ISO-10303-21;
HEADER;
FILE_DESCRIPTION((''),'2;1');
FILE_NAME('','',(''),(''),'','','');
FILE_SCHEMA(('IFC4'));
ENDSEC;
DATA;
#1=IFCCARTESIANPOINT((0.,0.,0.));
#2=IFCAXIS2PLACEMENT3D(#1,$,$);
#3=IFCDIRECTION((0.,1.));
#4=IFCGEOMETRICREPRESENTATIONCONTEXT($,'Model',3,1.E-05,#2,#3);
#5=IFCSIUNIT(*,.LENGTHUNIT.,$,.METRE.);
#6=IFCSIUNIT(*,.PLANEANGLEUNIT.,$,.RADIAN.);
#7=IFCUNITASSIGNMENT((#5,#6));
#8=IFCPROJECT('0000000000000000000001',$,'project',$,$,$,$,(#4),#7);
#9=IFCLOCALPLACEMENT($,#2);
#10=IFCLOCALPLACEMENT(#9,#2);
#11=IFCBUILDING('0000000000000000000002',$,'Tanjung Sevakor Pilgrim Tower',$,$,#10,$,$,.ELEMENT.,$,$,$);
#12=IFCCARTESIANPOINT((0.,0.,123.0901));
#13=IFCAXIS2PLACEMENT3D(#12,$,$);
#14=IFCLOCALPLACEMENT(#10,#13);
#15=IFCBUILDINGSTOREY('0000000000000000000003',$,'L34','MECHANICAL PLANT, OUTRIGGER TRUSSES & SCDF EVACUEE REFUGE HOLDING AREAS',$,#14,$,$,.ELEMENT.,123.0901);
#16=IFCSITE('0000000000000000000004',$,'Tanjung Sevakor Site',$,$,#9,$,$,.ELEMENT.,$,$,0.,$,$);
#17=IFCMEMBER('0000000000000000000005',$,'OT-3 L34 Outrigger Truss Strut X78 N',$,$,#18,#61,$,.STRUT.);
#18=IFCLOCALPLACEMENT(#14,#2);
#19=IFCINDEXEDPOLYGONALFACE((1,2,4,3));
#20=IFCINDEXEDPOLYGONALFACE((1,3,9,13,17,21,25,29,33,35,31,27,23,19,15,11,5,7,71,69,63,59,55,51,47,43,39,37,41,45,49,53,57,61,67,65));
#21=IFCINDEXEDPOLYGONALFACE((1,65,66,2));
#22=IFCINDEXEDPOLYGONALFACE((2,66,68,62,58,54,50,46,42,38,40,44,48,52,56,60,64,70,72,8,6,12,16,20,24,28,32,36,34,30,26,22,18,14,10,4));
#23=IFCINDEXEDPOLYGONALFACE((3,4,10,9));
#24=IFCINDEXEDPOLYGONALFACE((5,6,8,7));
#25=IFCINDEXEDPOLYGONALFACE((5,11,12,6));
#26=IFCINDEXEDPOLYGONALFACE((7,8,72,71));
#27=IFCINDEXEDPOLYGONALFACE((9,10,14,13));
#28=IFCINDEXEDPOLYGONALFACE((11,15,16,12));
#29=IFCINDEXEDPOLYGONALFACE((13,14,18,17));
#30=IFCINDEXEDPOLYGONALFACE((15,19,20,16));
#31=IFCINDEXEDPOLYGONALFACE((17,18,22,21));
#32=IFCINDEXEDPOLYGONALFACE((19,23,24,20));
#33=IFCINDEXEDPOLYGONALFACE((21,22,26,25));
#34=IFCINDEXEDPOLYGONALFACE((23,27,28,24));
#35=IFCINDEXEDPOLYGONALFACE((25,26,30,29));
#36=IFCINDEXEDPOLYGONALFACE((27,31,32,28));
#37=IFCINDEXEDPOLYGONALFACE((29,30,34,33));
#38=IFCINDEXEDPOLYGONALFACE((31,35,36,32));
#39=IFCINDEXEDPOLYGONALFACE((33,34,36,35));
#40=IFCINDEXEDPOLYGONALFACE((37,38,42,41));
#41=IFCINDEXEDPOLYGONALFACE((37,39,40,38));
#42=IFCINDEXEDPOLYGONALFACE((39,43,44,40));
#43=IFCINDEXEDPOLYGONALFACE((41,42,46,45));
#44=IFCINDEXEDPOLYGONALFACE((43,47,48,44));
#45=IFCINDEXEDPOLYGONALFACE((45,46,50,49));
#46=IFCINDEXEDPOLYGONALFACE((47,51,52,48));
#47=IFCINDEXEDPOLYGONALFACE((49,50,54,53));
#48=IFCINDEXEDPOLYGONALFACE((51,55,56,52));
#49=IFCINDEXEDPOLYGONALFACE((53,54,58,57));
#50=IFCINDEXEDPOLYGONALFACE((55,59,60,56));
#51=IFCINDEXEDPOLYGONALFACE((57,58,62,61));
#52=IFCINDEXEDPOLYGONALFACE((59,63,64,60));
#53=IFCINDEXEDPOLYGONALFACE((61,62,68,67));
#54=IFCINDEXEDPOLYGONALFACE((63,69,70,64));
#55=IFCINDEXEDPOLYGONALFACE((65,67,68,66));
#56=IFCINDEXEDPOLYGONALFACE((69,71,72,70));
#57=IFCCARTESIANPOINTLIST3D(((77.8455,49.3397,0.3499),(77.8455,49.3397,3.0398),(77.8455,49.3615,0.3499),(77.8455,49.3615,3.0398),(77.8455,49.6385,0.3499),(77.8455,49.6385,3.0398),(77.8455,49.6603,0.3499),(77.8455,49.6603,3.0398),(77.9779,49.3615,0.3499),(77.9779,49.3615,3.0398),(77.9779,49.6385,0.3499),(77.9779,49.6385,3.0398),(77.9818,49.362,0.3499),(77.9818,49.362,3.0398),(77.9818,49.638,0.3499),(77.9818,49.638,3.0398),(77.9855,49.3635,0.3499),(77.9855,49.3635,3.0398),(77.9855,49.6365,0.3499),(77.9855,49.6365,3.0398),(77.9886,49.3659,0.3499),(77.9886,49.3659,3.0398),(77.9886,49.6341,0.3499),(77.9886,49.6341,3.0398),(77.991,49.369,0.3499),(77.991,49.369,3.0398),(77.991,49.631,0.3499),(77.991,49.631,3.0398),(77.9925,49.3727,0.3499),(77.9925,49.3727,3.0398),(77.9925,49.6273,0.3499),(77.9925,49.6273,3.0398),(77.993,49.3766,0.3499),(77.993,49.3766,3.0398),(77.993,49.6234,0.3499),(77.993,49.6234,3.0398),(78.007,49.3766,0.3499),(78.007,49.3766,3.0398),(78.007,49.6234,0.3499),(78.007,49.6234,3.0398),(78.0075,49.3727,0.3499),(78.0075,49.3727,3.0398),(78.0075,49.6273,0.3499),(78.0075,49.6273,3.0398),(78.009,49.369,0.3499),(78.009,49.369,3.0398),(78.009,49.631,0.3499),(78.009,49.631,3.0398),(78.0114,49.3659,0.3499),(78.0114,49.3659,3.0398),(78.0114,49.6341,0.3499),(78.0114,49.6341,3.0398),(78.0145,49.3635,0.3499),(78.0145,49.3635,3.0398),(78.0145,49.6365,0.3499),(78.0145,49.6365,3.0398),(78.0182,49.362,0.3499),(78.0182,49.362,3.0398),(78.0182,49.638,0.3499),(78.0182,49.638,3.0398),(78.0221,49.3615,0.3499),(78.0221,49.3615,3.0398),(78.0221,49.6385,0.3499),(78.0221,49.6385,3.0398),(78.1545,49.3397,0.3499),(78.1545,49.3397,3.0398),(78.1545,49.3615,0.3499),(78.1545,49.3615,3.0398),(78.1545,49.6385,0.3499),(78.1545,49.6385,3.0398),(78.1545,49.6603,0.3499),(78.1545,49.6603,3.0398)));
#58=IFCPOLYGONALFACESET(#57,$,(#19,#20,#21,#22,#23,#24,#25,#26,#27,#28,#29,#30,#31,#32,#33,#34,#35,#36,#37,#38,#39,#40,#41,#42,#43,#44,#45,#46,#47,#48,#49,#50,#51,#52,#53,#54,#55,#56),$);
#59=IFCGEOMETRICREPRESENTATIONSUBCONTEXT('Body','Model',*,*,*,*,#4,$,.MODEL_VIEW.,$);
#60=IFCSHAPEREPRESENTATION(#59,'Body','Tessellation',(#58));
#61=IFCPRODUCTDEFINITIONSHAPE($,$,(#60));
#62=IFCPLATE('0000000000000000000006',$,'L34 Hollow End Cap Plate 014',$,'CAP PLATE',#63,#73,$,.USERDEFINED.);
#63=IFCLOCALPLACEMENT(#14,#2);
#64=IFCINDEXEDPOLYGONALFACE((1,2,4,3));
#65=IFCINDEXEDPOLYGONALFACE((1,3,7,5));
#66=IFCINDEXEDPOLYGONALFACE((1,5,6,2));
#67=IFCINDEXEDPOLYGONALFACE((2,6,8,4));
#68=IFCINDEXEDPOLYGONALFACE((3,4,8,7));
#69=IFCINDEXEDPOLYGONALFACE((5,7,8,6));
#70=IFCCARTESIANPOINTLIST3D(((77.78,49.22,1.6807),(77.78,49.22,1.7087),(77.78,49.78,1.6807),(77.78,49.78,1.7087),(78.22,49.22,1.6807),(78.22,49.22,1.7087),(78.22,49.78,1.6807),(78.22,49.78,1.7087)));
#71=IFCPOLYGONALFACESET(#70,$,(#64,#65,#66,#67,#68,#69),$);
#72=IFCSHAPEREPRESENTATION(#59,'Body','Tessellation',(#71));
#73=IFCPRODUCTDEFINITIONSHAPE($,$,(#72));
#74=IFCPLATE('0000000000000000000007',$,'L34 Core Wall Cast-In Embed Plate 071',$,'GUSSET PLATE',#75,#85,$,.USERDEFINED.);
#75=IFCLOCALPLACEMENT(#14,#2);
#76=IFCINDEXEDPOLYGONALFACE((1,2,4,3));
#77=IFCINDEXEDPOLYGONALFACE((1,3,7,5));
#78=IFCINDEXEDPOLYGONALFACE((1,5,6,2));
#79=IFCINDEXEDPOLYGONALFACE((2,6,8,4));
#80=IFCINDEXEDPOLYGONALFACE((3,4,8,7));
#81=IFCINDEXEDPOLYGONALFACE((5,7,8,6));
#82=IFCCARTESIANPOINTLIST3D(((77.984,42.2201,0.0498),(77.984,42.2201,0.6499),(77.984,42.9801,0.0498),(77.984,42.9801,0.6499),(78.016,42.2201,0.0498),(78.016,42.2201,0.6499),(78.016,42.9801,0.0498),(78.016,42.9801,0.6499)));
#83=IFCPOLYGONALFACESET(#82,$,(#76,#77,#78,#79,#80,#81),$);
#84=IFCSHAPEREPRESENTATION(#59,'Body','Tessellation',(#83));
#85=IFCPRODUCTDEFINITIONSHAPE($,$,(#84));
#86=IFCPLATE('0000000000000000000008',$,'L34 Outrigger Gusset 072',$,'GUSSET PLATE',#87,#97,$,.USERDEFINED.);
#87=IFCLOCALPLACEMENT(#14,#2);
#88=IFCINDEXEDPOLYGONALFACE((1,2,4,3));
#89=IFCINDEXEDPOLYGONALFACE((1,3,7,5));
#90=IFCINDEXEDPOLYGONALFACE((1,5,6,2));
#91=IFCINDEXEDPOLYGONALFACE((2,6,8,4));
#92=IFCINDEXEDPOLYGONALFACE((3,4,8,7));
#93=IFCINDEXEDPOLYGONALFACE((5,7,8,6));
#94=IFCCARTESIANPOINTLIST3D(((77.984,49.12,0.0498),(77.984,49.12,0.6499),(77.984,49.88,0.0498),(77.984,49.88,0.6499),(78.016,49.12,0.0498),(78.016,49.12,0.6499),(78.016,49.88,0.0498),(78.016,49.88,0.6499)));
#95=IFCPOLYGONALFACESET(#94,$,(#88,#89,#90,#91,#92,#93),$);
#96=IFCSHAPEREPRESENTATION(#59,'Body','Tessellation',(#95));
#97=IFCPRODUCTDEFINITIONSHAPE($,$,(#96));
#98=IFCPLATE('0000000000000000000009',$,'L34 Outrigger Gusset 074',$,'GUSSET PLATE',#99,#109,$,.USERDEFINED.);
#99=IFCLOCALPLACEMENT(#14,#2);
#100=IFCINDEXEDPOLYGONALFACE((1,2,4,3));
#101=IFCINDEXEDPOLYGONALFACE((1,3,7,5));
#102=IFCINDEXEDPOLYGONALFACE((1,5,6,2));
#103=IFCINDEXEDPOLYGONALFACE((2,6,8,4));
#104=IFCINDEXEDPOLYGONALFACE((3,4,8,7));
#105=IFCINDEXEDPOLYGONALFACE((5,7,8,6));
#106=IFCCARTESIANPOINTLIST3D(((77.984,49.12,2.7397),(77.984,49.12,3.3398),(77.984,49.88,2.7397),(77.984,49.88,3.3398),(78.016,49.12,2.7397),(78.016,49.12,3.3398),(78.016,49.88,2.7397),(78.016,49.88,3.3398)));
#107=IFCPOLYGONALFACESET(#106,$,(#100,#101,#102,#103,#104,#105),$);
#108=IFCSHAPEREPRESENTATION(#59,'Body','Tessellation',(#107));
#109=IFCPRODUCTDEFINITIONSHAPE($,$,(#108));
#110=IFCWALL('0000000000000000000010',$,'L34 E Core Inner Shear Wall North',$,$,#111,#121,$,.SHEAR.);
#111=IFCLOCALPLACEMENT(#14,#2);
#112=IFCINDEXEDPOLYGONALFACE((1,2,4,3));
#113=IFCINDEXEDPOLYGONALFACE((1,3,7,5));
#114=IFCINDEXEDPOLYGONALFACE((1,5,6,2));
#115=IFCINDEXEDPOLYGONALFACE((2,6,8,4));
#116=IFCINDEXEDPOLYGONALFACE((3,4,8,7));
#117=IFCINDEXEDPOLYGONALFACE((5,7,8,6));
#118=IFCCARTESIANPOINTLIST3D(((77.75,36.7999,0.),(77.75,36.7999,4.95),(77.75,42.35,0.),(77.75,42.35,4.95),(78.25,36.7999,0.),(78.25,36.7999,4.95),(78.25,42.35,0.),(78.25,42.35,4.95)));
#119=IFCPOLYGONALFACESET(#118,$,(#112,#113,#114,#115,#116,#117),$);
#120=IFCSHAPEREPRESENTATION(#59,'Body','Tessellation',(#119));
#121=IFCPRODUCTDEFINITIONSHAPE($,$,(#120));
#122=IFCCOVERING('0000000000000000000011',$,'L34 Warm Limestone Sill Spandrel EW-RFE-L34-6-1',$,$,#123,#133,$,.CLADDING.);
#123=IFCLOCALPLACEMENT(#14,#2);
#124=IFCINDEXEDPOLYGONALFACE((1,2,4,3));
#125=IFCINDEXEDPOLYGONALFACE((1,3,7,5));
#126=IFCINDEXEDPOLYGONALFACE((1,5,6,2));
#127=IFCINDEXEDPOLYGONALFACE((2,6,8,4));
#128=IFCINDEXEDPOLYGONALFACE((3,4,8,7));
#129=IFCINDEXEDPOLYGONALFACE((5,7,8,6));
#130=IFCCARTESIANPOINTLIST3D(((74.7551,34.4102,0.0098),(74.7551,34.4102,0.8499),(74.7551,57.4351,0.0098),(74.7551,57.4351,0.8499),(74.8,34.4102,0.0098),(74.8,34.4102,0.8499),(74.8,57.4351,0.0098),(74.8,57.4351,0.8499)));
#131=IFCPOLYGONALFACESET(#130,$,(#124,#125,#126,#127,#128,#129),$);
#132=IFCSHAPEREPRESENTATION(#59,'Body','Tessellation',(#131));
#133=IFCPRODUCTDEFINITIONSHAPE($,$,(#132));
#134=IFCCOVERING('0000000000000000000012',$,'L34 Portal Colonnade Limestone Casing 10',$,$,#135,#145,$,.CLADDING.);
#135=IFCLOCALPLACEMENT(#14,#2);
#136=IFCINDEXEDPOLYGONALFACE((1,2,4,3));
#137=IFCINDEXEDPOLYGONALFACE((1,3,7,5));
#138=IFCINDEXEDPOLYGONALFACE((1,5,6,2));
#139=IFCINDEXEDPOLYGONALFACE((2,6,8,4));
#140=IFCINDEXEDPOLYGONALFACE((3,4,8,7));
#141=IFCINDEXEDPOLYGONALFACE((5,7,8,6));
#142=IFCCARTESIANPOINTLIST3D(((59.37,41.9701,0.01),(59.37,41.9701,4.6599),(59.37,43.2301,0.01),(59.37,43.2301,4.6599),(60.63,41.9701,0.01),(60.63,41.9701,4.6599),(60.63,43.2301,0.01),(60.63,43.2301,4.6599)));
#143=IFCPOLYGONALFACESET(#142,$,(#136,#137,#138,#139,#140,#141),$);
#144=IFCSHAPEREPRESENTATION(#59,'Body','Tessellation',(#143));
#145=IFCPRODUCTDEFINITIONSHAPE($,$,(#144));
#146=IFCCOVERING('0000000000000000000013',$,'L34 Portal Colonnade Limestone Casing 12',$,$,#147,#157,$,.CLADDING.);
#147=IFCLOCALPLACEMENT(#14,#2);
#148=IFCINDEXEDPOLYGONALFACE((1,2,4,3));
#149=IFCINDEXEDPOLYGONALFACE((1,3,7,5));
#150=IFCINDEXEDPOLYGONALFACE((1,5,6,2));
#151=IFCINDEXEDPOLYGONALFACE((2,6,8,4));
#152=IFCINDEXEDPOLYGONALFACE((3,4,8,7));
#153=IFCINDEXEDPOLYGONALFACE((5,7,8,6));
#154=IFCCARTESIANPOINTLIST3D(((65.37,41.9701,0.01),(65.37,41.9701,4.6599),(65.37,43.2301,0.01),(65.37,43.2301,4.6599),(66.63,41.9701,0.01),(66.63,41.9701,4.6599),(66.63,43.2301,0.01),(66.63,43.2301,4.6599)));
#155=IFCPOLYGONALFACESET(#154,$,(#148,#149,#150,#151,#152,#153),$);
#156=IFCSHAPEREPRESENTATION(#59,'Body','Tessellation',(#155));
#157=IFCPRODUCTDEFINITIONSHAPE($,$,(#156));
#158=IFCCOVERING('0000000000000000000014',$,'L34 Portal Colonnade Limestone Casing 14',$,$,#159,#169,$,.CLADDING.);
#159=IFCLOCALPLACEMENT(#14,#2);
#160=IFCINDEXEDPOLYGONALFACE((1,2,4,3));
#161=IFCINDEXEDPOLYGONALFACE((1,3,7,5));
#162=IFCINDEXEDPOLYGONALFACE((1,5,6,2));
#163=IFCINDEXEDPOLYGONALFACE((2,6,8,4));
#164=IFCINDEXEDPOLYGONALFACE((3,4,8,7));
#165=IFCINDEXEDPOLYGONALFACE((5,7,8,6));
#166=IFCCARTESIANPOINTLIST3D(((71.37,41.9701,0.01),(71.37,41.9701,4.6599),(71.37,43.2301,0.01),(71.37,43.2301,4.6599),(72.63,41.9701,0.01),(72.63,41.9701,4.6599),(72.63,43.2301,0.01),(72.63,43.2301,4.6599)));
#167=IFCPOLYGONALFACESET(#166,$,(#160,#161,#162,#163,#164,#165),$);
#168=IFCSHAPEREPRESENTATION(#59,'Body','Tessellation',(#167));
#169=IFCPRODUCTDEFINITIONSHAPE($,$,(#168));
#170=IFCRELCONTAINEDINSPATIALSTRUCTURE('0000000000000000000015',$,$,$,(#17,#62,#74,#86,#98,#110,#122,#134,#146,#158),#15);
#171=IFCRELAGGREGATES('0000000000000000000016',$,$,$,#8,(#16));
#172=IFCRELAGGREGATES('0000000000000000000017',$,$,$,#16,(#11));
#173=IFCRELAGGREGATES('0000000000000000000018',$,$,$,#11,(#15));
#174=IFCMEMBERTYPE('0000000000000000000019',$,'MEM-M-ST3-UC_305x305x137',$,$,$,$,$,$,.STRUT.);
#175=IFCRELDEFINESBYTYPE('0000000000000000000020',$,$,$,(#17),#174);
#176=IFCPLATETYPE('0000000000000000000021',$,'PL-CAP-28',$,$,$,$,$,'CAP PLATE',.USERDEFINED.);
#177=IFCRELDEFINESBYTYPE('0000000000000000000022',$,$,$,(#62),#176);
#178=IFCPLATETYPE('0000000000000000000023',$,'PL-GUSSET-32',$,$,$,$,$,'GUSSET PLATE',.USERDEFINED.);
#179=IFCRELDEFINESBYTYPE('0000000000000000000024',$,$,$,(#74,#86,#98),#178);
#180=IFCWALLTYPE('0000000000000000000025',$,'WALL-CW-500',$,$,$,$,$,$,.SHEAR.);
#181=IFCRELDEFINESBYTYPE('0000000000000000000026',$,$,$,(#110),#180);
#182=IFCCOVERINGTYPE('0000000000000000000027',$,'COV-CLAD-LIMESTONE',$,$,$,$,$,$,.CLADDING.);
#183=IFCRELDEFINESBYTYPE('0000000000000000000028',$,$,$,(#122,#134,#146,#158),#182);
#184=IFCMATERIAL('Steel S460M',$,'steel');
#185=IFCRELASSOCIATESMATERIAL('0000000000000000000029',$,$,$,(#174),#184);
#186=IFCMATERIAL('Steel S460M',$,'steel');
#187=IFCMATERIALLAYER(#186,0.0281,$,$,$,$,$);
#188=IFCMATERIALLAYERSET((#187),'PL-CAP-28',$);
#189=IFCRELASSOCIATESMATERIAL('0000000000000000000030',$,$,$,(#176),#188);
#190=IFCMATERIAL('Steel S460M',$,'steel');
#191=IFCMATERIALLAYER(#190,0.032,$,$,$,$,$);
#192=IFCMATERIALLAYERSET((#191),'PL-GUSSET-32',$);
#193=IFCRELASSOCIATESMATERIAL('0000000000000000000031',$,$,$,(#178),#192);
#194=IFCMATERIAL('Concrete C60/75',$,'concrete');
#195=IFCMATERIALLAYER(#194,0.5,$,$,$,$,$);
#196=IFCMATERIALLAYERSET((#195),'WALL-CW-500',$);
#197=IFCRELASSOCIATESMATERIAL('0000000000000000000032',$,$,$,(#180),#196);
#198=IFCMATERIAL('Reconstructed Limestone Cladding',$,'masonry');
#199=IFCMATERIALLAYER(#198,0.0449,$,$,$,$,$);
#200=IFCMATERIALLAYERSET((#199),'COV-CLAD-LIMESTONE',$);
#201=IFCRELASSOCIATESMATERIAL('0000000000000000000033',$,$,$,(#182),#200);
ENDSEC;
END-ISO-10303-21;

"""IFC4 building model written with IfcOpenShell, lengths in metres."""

from ifc_helpers import new_model, si_unit, direction, frame, frame_2d, origin, origin_2d, place, context, subcontext, project, spatial, rectangle, i_section, extrude, material, layer, layer_set, material_profile, profile_set, type_object, element, save


model = new_model("IFC4")

# Units and contexts
model_context = context("Model", 3, precision=1e-05, world=origin(), true_north=direction((0.0, 1.0)))
body_context = subcontext(model_context, "Body", "Model", "MODEL_VIEW")
ifc_project = project(units=[si_unit("LENGTHUNIT", "METRE"), si_unit("PLANEANGLEUNIT", "RADIAN")], contexts=[model_context])

# Site, building, storey
site_placement = place(None, origin())
site = spatial("IfcSite", under=ifc_project, at=site_placement, Name="Tanjung Sevakor Site", CompositionType="ELEMENT", RefElevation=0.0)
building_placement = place(site_placement, origin())
building = spatial("IfcBuilding", under=site, at=building_placement, Name="Tanjung Sevakor Pilgrim Tower", CompositionType="ELEMENT")
storey_placement = place(building_placement, frame((0.0, 0.0, 123.0901)))
storey = spatial("IfcBuildingStorey", under=building, at=storey_placement, Name="L34", Description="MECHANICAL PLANT, OUTRIGGER TRUSSES & SCDF EVACUEE REFUGE HOLDING AREAS", CompositionType="ELEMENT", Elevation=123.0901)

# Member
ifc_material_1 = material(Name="Steel S460M", Category="steel")
ifc_material_profile_1 = material_profile(ifc_material_1, i_section(OverallWidth=0.3091, OverallDepth=0.3206, WebThickness=0.0139, FlangeThickness=0.0217, FilletRadius=0.0151, at=origin_2d()))
ifc_profile_set_1 = profile_set([ifc_material_profile_1], Name="Steel S460M")
member_type_1 = type_object("IfcMemberType", Name="MEM-M-ST3-UC_305x305x137", PredefinedType="STRUT", material=ifc_profile_set_1)
member_1_placement = place(storey_placement, frame((78.0, 49.5, 0.3499), z_axis=(0.0, 0.0, 1.0), x_axis=(1.0, 0.0, 0.0)))
element("IfcMember", 1, at=member_1_placement, inside=storey, type_object=member_type_1, Name="OT-3 L34 Outrigger Truss Strut X78 N", PredefinedType="STRUT", context=body_context, shape_type="SweptSolid", body=[
    extrude(i_section(OverallWidth=0.3091, OverallDepth=0.3206, WebThickness=0.0139, FlangeThickness=0.0217, FilletRadius=0.0151, at=origin_2d()), origin(), (0.0, 0.0, 1.0), 2.6899),
])

# Plates
ifc_material_2 = material(Name="Steel S460M", Category="steel")
ifc_layer_1 = layer(ifc_material_2, 0.0281)
ifc_layer_set_1 = layer_set([ifc_layer_1], Name="PL-CAP-28")
plate_type_1 = type_object("IfcPlateType", Name="PL-CAP-28", ElementType="CAP PLATE", PredefinedType="USERDEFINED", material=ifc_layer_set_1)
plate_placement = place(storey_placement, frame((78.0, 49.5, 1.6807), z_axis=(0.0, 0.0, 1.0), x_axis=(1.0, 0.0, 0.0)))
element("IfcPlate", 2, at=plate_placement, inside=storey, type_object=plate_type_1, Name="L34 Hollow End Cap Plate 014", ObjectType="CAP PLATE", PredefinedType="USERDEFINED", context=body_context, shape_type="SweptSolid", body=[
    extrude(rectangle(XDim=0.4399, YDim=0.5601, at=origin_2d()), origin(), (0.0, 0.0, 1.0), 0.0281),
])
ifc_material_3 = material(Name="Steel S460M", Category="steel")
ifc_layer_2 = layer(ifc_material_3, 0.032)
ifc_layer_set_2 = layer_set([ifc_layer_2], Name="PL-GUSSET-32")
plate_type_2 = type_object("IfcPlateType", Name="PL-GUSSET-32", ElementType="GUSSET PLATE", PredefinedType="USERDEFINED", material=ifc_layer_set_2)
for number, where, z_axis, x_axis, name in (
    (3, (78.0, 42.6001, 0.0498), (0.0, 0.0, 1.0), (1.0, 0.0, 0.0), "L34 Core Wall Cast-In Embed Plate 071"),
    (4, (78.0, 49.5, 0.0498), (0.0, 0.0, 1.0), (1.0, 0.0, 0.0), "L34 Outrigger Gusset 072"),
    (5, (78.0, 49.5, 2.7397), (0.0, 0.0, 1.0), (1.0, 0.0, 0.0), "L34 Outrigger Gusset 074"),
):
    element("IfcPlate", number, at=place(storey_placement, frame(where, z_axis=z_axis, x_axis=x_axis)), inside=storey, type_object=plate_type_2, Name=name, ObjectType="GUSSET PLATE", PredefinedType="USERDEFINED", context=body_context, shape_type="SweptSolid", body=[
        extrude(rectangle(XDim=0.032, YDim=0.76, at=origin_2d()), origin(), (0.0, 0.0, 1.0), 0.6001),
    ])

# Wall
ifc_material_4 = material(Name="Concrete C60/75", Category="concrete")
ifc_layer_3 = layer(ifc_material_4, 0.5)
ifc_layer_set_3 = layer_set([ifc_layer_3], Name="WALL-CW-500")
wall_type = type_object("IfcWallType", Name="WALL-CW-500", PredefinedType="SHEAR", material=ifc_layer_set_3)
wall_placement = place(storey_placement, frame((78.0, 36.8, 0.0), z_axis=(0.0, 0.0, 1.0), x_axis=(0.0, 1.0, 0.0)))
element("IfcWall", 6, at=wall_placement, inside=storey, type_object=wall_type, Name="L34 E Core Inner Shear Wall North", PredefinedType="SHEAR", context=body_context, shape_type="SweptSolid", body=[
    extrude(rectangle(XDim=5.55, YDim=0.5, at=frame_2d((2.7749, 0.0))), origin(), (0.0, 0.0, 1.0), 4.95),
])

# Coverings
ifc_material_5 = material(Name="Reconstructed Limestone Cladding", Category="masonry")
ifc_layer_4 = layer(ifc_material_5, 0.0449)
ifc_layer_set_4 = layer_set([ifc_layer_4], Name="COV-CLAD-LIMESTONE")
covering_type = type_object("IfcCoveringType", Name="COV-CLAD-LIMESTONE", PredefinedType="CLADDING", material=ifc_layer_set_4)
covering_placement = place(storey_placement, frame((74.7776, 45.9226, 0.0098), z_axis=(0.0, 0.0, 1.0), x_axis=(0.0, -1.0, 0.0)))
element("IfcCovering", 7, at=covering_placement, inside=storey, type_object=covering_type, Name="L34 Warm Limestone Sill Spandrel EW-RFE-L34-6-1", PredefinedType="CLADDING", context=body_context, shape_type="SweptSolid", body=[
    extrude(rectangle(XDim=23.0249, YDim=0.0449, at=origin_2d()), origin(), (0.0, 0.0, 1.0), 0.8401),
])
for number, where, z_axis, x_axis, name in (
    (8, (60.0, 42.6001, 0.01), (0.0, 0.0, 1.0), (1.0, 0.0, 0.0), "L34 Portal Colonnade Limestone Casing 10"),
    (9, (66.0, 42.6001, 0.01), (0.0, 0.0, 1.0), (1.0, 0.0, 0.0), "L34 Portal Colonnade Limestone Casing 12"),
    (10, (72.0, 42.6001, 0.01), (0.0, 0.0, 1.0), (1.0, 0.0, 0.0), "L34 Portal Colonnade Limestone Casing 14"),
):
    element("IfcCovering", number, at=place(storey_placement, frame(where, z_axis=z_axis, x_axis=x_axis)), inside=storey, type_object=covering_type, Name=name, PredefinedType="CLADDING", context=body_context, shape_type="SweptSolid", body=[
        extrude(rectangle(XDim=1.26, YDim=1.26, at=origin_2d()), origin(), (0.0, 0.0, 1.0), 4.6499),
    ])

save(model, "model.ifc")
